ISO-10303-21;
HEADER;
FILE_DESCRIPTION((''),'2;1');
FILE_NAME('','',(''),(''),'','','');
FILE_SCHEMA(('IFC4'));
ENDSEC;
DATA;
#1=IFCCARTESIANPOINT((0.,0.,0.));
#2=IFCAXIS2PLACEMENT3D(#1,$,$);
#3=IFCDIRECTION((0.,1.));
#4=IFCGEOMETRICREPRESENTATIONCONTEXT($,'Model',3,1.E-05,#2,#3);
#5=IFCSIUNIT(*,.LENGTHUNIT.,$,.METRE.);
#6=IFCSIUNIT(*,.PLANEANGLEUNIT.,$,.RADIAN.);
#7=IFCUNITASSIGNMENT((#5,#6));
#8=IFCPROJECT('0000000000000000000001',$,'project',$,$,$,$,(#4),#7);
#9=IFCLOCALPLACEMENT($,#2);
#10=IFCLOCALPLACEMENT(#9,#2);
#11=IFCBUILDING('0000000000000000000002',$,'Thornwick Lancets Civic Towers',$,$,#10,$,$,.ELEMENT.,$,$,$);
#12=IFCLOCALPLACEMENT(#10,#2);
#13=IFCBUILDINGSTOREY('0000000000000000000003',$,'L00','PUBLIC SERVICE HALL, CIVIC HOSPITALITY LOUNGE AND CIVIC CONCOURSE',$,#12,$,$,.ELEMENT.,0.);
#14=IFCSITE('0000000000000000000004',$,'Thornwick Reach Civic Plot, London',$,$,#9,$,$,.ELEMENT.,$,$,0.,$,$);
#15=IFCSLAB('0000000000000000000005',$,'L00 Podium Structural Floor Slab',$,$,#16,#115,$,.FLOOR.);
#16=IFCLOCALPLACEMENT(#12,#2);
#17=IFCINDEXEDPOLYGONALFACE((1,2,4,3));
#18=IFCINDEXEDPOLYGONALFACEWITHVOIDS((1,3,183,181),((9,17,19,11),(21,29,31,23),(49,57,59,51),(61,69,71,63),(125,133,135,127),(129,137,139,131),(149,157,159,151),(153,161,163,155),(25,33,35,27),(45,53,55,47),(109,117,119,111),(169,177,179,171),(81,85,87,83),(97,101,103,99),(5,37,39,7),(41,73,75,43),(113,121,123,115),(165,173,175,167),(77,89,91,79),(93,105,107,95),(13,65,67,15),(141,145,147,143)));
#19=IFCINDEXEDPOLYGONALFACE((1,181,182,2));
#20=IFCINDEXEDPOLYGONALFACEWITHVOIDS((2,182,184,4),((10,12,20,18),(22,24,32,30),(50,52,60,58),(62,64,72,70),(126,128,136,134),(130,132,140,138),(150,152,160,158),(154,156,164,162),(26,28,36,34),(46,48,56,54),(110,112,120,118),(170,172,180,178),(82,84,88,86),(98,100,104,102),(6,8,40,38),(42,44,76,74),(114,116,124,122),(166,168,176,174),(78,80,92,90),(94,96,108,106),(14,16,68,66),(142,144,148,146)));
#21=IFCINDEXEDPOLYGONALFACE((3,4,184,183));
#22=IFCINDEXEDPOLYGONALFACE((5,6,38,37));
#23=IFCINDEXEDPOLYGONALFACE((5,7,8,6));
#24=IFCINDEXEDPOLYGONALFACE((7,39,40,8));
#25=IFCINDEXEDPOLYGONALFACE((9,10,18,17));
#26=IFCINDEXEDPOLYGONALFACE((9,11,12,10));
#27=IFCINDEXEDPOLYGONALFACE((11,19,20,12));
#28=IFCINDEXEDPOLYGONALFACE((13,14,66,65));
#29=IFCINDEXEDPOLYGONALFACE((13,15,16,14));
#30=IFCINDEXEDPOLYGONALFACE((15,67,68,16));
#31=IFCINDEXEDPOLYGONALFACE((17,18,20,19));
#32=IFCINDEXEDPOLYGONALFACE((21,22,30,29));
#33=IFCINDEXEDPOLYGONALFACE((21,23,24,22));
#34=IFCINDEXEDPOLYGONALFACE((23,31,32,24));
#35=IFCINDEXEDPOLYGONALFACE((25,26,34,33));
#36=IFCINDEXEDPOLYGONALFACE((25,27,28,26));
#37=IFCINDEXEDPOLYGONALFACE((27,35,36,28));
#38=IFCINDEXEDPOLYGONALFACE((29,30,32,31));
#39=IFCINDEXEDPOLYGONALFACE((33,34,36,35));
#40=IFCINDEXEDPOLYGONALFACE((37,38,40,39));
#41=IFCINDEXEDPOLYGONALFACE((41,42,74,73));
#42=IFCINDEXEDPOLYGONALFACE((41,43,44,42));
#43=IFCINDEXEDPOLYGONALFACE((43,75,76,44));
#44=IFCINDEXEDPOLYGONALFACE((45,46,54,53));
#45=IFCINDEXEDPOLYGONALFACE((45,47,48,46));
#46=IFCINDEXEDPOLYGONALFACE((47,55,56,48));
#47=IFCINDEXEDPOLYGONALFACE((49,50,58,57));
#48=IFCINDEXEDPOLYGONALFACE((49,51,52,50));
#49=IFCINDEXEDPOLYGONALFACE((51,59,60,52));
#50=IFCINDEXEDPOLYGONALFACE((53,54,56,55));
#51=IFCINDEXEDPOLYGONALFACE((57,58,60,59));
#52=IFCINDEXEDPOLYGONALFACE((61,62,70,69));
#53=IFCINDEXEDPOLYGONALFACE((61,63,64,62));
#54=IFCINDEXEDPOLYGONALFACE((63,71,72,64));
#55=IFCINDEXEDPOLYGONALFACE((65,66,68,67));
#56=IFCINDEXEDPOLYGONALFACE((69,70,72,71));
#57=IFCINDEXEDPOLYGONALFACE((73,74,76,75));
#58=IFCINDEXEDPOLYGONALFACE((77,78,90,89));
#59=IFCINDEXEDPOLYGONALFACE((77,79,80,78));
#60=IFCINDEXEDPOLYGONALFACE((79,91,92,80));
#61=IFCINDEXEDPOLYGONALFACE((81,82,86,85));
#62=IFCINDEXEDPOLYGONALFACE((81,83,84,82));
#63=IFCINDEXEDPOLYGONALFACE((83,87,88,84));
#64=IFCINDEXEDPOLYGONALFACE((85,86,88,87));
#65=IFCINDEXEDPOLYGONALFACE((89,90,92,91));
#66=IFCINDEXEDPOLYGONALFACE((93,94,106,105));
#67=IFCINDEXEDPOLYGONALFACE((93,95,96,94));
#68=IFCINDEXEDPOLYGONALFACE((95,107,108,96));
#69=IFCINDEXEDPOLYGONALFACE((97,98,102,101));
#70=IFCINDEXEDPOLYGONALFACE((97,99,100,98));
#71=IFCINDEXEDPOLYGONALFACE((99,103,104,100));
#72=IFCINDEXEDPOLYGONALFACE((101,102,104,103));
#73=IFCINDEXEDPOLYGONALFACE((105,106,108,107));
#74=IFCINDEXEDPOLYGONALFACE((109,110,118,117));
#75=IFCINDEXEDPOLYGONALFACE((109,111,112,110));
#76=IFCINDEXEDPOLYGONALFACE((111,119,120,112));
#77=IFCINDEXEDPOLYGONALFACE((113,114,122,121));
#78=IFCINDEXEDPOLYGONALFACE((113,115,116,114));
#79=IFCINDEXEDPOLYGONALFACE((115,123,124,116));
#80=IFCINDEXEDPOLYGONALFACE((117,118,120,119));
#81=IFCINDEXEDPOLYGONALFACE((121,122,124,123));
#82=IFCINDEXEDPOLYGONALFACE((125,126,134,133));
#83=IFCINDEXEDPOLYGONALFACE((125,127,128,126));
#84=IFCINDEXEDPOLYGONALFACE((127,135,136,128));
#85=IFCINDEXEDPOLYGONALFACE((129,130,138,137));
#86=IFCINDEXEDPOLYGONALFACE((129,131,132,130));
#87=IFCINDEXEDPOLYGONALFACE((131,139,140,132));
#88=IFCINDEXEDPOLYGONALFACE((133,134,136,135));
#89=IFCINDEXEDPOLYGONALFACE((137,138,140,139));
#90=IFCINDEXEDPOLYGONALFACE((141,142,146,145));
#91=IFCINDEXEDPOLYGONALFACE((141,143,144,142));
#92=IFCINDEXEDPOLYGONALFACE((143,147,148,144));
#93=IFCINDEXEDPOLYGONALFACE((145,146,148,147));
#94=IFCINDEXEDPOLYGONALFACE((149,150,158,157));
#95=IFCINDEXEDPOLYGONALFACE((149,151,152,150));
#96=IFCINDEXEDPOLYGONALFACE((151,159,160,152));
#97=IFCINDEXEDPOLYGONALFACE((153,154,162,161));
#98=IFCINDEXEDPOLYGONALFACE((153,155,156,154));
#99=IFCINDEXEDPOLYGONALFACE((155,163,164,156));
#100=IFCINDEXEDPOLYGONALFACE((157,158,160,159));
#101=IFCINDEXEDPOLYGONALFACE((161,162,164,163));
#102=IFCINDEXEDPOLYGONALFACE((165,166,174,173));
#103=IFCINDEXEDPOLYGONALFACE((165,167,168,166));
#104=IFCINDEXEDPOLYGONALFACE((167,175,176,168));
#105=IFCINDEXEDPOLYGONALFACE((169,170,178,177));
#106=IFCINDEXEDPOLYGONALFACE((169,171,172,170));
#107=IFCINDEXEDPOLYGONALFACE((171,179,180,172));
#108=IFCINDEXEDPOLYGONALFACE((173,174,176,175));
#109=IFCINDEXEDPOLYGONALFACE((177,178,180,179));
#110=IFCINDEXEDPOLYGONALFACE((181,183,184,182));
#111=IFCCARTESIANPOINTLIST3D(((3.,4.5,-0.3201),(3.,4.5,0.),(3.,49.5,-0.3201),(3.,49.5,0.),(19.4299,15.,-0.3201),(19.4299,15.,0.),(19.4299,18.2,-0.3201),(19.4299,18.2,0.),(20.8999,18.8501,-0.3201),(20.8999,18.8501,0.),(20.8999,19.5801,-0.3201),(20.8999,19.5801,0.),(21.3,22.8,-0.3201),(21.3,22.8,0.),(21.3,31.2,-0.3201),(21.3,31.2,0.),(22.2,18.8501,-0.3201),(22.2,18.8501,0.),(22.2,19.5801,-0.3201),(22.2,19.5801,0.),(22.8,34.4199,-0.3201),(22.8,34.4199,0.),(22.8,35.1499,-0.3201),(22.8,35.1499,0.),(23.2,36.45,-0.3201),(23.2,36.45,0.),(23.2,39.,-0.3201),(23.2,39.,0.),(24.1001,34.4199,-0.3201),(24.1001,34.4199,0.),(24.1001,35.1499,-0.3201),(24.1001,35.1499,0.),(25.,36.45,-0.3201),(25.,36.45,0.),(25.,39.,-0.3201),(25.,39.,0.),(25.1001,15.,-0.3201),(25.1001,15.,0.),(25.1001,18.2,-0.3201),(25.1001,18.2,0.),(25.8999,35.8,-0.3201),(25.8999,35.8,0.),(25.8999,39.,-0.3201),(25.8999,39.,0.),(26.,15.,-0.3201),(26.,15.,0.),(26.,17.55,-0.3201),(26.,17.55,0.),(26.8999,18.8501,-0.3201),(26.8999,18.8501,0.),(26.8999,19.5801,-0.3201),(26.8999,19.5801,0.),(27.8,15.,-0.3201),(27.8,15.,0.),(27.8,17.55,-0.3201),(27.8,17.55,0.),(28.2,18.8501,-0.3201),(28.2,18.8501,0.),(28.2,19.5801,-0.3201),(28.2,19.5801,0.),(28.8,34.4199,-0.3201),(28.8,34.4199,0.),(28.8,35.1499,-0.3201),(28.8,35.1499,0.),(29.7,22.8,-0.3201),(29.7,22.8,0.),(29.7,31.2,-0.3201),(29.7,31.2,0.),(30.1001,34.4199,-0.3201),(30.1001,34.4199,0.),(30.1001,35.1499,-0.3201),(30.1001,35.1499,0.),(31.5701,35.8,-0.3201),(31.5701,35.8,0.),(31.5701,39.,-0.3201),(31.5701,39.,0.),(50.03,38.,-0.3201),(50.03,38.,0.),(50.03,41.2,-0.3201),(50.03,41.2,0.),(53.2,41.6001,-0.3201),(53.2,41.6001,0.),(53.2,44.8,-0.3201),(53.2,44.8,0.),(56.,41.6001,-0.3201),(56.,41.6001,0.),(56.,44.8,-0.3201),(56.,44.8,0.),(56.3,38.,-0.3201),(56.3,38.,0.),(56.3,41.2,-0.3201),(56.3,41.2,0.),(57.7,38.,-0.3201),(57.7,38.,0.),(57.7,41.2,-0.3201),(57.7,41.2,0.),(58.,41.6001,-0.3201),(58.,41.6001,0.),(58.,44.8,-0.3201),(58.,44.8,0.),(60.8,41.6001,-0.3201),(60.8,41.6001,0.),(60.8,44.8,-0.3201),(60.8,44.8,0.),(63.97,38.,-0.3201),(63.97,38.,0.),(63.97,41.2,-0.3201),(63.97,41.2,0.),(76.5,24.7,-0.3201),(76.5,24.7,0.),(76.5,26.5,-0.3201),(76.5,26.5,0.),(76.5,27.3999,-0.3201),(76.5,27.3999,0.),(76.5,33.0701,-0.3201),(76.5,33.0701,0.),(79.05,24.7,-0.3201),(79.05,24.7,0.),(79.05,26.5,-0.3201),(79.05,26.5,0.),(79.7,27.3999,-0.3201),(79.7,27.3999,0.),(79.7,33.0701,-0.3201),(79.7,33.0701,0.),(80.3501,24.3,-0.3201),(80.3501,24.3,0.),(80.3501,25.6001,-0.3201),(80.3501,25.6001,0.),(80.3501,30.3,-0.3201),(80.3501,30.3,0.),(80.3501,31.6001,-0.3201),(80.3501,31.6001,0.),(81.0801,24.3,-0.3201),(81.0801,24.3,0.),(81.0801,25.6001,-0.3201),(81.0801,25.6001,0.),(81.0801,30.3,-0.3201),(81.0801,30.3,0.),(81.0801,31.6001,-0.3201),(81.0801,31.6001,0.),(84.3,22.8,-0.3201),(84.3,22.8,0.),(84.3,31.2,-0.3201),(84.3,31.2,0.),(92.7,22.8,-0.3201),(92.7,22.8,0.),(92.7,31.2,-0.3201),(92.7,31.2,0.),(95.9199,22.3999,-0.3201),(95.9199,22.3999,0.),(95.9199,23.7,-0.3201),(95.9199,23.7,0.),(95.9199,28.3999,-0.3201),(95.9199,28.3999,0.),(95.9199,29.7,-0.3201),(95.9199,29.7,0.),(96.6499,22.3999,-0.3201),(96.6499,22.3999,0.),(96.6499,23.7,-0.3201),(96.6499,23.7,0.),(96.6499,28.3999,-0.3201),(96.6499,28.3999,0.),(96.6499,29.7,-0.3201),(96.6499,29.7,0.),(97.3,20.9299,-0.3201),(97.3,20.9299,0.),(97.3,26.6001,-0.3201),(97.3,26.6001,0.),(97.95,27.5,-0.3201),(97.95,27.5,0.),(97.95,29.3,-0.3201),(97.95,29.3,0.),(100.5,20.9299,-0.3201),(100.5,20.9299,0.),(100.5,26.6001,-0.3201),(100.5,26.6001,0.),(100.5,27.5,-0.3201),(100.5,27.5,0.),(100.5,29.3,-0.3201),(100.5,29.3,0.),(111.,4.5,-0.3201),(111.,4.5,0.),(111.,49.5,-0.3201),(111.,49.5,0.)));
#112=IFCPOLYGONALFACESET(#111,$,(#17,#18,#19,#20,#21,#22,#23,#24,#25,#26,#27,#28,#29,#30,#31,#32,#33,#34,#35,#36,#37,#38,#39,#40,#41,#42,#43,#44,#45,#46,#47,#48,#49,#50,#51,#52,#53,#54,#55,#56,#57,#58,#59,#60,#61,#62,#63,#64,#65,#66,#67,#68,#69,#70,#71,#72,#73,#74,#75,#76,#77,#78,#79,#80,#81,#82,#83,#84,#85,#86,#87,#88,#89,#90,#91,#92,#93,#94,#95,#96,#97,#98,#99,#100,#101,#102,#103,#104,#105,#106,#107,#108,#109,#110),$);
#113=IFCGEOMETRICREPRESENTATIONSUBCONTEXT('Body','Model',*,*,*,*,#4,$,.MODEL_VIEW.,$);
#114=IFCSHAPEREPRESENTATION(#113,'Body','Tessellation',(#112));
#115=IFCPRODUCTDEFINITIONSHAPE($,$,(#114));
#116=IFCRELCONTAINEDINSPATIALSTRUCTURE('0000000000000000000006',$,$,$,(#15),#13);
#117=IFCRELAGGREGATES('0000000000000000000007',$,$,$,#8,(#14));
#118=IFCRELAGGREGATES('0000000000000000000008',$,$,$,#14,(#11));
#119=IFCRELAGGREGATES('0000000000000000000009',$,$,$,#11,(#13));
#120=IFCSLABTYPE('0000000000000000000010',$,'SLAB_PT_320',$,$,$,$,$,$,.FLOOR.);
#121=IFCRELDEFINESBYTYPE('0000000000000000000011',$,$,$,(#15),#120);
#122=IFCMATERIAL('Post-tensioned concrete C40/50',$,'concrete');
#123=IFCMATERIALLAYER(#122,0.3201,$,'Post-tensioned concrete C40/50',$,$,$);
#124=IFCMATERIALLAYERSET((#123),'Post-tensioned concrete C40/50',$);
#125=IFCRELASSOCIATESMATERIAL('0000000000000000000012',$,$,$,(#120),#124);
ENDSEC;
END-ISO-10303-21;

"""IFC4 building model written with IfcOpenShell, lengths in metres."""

from ifc_helpers import new_model, si_unit, direction, frame, origin, place, context, subcontext, project, spatial, polyline, outline, extrude, material, layer, layer_set, type_object, element, save


model = new_model("IFC4")

# Units and contexts
model_context = context("Model", 3, precision=1e-05, world=origin(), true_north=direction((0.0, 1.0)))
body_context = subcontext(model_context, "Body", "Model", "MODEL_VIEW")
ifc_project = project(units=[si_unit("LENGTHUNIT", "METRE"), si_unit("PLANEANGLEUNIT", "RADIAN")], contexts=[model_context])

# Site, building, storey
site_placement = place(None, origin())
site = spatial("IfcSite", under=ifc_project, at=site_placement, Name="Thornwick Reach Civic Plot, London", CompositionType="ELEMENT", RefElevation=0.0)
building_placement = place(site_placement, origin())
building = spatial("IfcBuilding", under=site, at=building_placement, Name="Thornwick Lancets Civic Towers", CompositionType="ELEMENT")
storey_placement = place(building_placement, origin())
storey = spatial("IfcBuildingStorey", under=building, at=storey_placement, Name="L00", Description="PUBLIC SERVICE HALL, CIVIC HOSPITALITY LOUNGE AND CIVIC CONCOURSE", CompositionType="ELEMENT", Elevation=0.0)

# Slab
ifc_material_1 = material(Name="Post-tensioned concrete C40/50", Category="concrete")
ifc_layer_1 = layer(ifc_material_1, 0.3201, Name="Post-tensioned concrete C40/50")
ifc_layer_set_1 = layer_set([ifc_layer_1], Name="Post-tensioned concrete C40/50")
slab_type_1 = type_object("IfcSlabType", Name="SLAB_PT_320", PredefinedType="FLOOR", material=ifc_layer_set_1)
slab_1_placement = place(storey_placement, frame((0.0, 0.0, -0.3201)))
element("IfcSlab", 1, at=slab_1_placement, inside=storey, type_object=slab_type_1, Name="L00 Podium Structural Floor Slab", PredefinedType="FLOOR", context=body_context, shape_type="SweptSolid", body=[
    extrude(outline(polyline([(3.0, 4.5), (111.0, 4.5), (111.0, 49.5), (3.0, 49.5), (3.0, 4.5)]), holes=[polyline([(21.3, 22.8), (29.7, 22.8), (29.7, 31.2), (21.3, 31.2), (21.3, 22.8)]), polyline([(84.3, 22.8), (92.7, 22.8), (92.7, 31.2), (84.3, 31.2), (84.3, 22.8)]), polyline([(19.4299, 15.0), (25.1001, 15.0), (25.1001, 18.2), (19.4299, 18.2), (19.4299, 15.0)]), polyline([(31.5701, 39.0), (25.8999, 39.0), (25.8999, 35.8), (31.5701, 35.8), (31.5701, 39.0)]), polyline([(100.5, 20.9299), (100.5, 26.6001), (97.3, 26.6001), (97.3, 20.9299), (100.5, 20.9299)]), polyline([(76.5, 33.0701), (76.5, 27.3999), (79.7, 27.3999), (79.7, 33.0701), (76.5, 33.0701)]), polyline([(50.03, 38.0), (56.3, 38.0), (56.3, 41.2), (50.03, 41.2), (50.03, 38.0)]), polyline([(63.97, 41.2), (57.7, 41.2), (57.7, 38.0), (63.97, 38.0), (63.97, 41.2)]), polyline([(26.0, 15.0), (27.8, 15.0), (27.8, 17.55), (26.0, 17.55), (26.0, 15.0)]), polyline([(97.95, 27.5), (100.5, 27.5), (100.5, 29.3), (97.95, 29.3), (97.95, 27.5)]), polyline([(23.2, 36.45), (25.0, 36.45), (25.0, 39.0), (23.2, 39.0), (23.2, 36.45)]), polyline([(76.5, 24.7), (79.05, 24.7), (79.05, 26.5), (76.5, 26.5), (76.5, 24.7)]), polyline([(53.2, 41.6001), (56.0, 41.6001), (56.0, 44.8), (53.2, 44.8), (53.2, 41.6001)]), polyline([(58.0, 41.6001), (60.8, 41.6001), (60.8, 44.8), (58.0, 44.8), (58.0, 41.6001)]), polyline([(26.8999, 18.8501), (28.2, 18.8501), (28.2, 19.5801), (26.8999, 19.5801), (26.8999, 18.8501)]), polyline([(20.8999, 18.8501), (22.2, 18.8501), (22.2, 19.5801), (20.8999, 19.5801), (20.8999, 18.8501)]), polyline([(22.8, 34.4199), (24.1001, 34.4199), (24.1001, 35.1499), (22.8, 35.1499), (22.8, 34.4199)]), polyline([(28.8, 34.4199), (30.1001, 34.4199), (30.1001, 35.1499), (28.8, 35.1499), (28.8, 34.4199)]), polyline([(95.9199, 28.3999), (96.6499, 28.3999), (96.6499, 29.7), (95.9199, 29.7), (95.9199, 28.3999)]), polyline([(95.9199, 22.3999), (96.6499, 22.3999), (96.6499, 23.7), (95.9199, 23.7), (95.9199, 22.3999)]), polyline([(80.3501, 24.3), (81.0801, 24.3), (81.0801, 25.6001), (80.3501, 25.6001), (80.3501, 24.3)]), polyline([(80.3501, 30.3), (81.0801, 30.3), (81.0801, 31.6001), (80.3501, 31.6001), (80.3501, 30.3)])]), origin(), (0.0, 0.0, 1.0), 0.3201),
])

save(model, "model.ifc")
